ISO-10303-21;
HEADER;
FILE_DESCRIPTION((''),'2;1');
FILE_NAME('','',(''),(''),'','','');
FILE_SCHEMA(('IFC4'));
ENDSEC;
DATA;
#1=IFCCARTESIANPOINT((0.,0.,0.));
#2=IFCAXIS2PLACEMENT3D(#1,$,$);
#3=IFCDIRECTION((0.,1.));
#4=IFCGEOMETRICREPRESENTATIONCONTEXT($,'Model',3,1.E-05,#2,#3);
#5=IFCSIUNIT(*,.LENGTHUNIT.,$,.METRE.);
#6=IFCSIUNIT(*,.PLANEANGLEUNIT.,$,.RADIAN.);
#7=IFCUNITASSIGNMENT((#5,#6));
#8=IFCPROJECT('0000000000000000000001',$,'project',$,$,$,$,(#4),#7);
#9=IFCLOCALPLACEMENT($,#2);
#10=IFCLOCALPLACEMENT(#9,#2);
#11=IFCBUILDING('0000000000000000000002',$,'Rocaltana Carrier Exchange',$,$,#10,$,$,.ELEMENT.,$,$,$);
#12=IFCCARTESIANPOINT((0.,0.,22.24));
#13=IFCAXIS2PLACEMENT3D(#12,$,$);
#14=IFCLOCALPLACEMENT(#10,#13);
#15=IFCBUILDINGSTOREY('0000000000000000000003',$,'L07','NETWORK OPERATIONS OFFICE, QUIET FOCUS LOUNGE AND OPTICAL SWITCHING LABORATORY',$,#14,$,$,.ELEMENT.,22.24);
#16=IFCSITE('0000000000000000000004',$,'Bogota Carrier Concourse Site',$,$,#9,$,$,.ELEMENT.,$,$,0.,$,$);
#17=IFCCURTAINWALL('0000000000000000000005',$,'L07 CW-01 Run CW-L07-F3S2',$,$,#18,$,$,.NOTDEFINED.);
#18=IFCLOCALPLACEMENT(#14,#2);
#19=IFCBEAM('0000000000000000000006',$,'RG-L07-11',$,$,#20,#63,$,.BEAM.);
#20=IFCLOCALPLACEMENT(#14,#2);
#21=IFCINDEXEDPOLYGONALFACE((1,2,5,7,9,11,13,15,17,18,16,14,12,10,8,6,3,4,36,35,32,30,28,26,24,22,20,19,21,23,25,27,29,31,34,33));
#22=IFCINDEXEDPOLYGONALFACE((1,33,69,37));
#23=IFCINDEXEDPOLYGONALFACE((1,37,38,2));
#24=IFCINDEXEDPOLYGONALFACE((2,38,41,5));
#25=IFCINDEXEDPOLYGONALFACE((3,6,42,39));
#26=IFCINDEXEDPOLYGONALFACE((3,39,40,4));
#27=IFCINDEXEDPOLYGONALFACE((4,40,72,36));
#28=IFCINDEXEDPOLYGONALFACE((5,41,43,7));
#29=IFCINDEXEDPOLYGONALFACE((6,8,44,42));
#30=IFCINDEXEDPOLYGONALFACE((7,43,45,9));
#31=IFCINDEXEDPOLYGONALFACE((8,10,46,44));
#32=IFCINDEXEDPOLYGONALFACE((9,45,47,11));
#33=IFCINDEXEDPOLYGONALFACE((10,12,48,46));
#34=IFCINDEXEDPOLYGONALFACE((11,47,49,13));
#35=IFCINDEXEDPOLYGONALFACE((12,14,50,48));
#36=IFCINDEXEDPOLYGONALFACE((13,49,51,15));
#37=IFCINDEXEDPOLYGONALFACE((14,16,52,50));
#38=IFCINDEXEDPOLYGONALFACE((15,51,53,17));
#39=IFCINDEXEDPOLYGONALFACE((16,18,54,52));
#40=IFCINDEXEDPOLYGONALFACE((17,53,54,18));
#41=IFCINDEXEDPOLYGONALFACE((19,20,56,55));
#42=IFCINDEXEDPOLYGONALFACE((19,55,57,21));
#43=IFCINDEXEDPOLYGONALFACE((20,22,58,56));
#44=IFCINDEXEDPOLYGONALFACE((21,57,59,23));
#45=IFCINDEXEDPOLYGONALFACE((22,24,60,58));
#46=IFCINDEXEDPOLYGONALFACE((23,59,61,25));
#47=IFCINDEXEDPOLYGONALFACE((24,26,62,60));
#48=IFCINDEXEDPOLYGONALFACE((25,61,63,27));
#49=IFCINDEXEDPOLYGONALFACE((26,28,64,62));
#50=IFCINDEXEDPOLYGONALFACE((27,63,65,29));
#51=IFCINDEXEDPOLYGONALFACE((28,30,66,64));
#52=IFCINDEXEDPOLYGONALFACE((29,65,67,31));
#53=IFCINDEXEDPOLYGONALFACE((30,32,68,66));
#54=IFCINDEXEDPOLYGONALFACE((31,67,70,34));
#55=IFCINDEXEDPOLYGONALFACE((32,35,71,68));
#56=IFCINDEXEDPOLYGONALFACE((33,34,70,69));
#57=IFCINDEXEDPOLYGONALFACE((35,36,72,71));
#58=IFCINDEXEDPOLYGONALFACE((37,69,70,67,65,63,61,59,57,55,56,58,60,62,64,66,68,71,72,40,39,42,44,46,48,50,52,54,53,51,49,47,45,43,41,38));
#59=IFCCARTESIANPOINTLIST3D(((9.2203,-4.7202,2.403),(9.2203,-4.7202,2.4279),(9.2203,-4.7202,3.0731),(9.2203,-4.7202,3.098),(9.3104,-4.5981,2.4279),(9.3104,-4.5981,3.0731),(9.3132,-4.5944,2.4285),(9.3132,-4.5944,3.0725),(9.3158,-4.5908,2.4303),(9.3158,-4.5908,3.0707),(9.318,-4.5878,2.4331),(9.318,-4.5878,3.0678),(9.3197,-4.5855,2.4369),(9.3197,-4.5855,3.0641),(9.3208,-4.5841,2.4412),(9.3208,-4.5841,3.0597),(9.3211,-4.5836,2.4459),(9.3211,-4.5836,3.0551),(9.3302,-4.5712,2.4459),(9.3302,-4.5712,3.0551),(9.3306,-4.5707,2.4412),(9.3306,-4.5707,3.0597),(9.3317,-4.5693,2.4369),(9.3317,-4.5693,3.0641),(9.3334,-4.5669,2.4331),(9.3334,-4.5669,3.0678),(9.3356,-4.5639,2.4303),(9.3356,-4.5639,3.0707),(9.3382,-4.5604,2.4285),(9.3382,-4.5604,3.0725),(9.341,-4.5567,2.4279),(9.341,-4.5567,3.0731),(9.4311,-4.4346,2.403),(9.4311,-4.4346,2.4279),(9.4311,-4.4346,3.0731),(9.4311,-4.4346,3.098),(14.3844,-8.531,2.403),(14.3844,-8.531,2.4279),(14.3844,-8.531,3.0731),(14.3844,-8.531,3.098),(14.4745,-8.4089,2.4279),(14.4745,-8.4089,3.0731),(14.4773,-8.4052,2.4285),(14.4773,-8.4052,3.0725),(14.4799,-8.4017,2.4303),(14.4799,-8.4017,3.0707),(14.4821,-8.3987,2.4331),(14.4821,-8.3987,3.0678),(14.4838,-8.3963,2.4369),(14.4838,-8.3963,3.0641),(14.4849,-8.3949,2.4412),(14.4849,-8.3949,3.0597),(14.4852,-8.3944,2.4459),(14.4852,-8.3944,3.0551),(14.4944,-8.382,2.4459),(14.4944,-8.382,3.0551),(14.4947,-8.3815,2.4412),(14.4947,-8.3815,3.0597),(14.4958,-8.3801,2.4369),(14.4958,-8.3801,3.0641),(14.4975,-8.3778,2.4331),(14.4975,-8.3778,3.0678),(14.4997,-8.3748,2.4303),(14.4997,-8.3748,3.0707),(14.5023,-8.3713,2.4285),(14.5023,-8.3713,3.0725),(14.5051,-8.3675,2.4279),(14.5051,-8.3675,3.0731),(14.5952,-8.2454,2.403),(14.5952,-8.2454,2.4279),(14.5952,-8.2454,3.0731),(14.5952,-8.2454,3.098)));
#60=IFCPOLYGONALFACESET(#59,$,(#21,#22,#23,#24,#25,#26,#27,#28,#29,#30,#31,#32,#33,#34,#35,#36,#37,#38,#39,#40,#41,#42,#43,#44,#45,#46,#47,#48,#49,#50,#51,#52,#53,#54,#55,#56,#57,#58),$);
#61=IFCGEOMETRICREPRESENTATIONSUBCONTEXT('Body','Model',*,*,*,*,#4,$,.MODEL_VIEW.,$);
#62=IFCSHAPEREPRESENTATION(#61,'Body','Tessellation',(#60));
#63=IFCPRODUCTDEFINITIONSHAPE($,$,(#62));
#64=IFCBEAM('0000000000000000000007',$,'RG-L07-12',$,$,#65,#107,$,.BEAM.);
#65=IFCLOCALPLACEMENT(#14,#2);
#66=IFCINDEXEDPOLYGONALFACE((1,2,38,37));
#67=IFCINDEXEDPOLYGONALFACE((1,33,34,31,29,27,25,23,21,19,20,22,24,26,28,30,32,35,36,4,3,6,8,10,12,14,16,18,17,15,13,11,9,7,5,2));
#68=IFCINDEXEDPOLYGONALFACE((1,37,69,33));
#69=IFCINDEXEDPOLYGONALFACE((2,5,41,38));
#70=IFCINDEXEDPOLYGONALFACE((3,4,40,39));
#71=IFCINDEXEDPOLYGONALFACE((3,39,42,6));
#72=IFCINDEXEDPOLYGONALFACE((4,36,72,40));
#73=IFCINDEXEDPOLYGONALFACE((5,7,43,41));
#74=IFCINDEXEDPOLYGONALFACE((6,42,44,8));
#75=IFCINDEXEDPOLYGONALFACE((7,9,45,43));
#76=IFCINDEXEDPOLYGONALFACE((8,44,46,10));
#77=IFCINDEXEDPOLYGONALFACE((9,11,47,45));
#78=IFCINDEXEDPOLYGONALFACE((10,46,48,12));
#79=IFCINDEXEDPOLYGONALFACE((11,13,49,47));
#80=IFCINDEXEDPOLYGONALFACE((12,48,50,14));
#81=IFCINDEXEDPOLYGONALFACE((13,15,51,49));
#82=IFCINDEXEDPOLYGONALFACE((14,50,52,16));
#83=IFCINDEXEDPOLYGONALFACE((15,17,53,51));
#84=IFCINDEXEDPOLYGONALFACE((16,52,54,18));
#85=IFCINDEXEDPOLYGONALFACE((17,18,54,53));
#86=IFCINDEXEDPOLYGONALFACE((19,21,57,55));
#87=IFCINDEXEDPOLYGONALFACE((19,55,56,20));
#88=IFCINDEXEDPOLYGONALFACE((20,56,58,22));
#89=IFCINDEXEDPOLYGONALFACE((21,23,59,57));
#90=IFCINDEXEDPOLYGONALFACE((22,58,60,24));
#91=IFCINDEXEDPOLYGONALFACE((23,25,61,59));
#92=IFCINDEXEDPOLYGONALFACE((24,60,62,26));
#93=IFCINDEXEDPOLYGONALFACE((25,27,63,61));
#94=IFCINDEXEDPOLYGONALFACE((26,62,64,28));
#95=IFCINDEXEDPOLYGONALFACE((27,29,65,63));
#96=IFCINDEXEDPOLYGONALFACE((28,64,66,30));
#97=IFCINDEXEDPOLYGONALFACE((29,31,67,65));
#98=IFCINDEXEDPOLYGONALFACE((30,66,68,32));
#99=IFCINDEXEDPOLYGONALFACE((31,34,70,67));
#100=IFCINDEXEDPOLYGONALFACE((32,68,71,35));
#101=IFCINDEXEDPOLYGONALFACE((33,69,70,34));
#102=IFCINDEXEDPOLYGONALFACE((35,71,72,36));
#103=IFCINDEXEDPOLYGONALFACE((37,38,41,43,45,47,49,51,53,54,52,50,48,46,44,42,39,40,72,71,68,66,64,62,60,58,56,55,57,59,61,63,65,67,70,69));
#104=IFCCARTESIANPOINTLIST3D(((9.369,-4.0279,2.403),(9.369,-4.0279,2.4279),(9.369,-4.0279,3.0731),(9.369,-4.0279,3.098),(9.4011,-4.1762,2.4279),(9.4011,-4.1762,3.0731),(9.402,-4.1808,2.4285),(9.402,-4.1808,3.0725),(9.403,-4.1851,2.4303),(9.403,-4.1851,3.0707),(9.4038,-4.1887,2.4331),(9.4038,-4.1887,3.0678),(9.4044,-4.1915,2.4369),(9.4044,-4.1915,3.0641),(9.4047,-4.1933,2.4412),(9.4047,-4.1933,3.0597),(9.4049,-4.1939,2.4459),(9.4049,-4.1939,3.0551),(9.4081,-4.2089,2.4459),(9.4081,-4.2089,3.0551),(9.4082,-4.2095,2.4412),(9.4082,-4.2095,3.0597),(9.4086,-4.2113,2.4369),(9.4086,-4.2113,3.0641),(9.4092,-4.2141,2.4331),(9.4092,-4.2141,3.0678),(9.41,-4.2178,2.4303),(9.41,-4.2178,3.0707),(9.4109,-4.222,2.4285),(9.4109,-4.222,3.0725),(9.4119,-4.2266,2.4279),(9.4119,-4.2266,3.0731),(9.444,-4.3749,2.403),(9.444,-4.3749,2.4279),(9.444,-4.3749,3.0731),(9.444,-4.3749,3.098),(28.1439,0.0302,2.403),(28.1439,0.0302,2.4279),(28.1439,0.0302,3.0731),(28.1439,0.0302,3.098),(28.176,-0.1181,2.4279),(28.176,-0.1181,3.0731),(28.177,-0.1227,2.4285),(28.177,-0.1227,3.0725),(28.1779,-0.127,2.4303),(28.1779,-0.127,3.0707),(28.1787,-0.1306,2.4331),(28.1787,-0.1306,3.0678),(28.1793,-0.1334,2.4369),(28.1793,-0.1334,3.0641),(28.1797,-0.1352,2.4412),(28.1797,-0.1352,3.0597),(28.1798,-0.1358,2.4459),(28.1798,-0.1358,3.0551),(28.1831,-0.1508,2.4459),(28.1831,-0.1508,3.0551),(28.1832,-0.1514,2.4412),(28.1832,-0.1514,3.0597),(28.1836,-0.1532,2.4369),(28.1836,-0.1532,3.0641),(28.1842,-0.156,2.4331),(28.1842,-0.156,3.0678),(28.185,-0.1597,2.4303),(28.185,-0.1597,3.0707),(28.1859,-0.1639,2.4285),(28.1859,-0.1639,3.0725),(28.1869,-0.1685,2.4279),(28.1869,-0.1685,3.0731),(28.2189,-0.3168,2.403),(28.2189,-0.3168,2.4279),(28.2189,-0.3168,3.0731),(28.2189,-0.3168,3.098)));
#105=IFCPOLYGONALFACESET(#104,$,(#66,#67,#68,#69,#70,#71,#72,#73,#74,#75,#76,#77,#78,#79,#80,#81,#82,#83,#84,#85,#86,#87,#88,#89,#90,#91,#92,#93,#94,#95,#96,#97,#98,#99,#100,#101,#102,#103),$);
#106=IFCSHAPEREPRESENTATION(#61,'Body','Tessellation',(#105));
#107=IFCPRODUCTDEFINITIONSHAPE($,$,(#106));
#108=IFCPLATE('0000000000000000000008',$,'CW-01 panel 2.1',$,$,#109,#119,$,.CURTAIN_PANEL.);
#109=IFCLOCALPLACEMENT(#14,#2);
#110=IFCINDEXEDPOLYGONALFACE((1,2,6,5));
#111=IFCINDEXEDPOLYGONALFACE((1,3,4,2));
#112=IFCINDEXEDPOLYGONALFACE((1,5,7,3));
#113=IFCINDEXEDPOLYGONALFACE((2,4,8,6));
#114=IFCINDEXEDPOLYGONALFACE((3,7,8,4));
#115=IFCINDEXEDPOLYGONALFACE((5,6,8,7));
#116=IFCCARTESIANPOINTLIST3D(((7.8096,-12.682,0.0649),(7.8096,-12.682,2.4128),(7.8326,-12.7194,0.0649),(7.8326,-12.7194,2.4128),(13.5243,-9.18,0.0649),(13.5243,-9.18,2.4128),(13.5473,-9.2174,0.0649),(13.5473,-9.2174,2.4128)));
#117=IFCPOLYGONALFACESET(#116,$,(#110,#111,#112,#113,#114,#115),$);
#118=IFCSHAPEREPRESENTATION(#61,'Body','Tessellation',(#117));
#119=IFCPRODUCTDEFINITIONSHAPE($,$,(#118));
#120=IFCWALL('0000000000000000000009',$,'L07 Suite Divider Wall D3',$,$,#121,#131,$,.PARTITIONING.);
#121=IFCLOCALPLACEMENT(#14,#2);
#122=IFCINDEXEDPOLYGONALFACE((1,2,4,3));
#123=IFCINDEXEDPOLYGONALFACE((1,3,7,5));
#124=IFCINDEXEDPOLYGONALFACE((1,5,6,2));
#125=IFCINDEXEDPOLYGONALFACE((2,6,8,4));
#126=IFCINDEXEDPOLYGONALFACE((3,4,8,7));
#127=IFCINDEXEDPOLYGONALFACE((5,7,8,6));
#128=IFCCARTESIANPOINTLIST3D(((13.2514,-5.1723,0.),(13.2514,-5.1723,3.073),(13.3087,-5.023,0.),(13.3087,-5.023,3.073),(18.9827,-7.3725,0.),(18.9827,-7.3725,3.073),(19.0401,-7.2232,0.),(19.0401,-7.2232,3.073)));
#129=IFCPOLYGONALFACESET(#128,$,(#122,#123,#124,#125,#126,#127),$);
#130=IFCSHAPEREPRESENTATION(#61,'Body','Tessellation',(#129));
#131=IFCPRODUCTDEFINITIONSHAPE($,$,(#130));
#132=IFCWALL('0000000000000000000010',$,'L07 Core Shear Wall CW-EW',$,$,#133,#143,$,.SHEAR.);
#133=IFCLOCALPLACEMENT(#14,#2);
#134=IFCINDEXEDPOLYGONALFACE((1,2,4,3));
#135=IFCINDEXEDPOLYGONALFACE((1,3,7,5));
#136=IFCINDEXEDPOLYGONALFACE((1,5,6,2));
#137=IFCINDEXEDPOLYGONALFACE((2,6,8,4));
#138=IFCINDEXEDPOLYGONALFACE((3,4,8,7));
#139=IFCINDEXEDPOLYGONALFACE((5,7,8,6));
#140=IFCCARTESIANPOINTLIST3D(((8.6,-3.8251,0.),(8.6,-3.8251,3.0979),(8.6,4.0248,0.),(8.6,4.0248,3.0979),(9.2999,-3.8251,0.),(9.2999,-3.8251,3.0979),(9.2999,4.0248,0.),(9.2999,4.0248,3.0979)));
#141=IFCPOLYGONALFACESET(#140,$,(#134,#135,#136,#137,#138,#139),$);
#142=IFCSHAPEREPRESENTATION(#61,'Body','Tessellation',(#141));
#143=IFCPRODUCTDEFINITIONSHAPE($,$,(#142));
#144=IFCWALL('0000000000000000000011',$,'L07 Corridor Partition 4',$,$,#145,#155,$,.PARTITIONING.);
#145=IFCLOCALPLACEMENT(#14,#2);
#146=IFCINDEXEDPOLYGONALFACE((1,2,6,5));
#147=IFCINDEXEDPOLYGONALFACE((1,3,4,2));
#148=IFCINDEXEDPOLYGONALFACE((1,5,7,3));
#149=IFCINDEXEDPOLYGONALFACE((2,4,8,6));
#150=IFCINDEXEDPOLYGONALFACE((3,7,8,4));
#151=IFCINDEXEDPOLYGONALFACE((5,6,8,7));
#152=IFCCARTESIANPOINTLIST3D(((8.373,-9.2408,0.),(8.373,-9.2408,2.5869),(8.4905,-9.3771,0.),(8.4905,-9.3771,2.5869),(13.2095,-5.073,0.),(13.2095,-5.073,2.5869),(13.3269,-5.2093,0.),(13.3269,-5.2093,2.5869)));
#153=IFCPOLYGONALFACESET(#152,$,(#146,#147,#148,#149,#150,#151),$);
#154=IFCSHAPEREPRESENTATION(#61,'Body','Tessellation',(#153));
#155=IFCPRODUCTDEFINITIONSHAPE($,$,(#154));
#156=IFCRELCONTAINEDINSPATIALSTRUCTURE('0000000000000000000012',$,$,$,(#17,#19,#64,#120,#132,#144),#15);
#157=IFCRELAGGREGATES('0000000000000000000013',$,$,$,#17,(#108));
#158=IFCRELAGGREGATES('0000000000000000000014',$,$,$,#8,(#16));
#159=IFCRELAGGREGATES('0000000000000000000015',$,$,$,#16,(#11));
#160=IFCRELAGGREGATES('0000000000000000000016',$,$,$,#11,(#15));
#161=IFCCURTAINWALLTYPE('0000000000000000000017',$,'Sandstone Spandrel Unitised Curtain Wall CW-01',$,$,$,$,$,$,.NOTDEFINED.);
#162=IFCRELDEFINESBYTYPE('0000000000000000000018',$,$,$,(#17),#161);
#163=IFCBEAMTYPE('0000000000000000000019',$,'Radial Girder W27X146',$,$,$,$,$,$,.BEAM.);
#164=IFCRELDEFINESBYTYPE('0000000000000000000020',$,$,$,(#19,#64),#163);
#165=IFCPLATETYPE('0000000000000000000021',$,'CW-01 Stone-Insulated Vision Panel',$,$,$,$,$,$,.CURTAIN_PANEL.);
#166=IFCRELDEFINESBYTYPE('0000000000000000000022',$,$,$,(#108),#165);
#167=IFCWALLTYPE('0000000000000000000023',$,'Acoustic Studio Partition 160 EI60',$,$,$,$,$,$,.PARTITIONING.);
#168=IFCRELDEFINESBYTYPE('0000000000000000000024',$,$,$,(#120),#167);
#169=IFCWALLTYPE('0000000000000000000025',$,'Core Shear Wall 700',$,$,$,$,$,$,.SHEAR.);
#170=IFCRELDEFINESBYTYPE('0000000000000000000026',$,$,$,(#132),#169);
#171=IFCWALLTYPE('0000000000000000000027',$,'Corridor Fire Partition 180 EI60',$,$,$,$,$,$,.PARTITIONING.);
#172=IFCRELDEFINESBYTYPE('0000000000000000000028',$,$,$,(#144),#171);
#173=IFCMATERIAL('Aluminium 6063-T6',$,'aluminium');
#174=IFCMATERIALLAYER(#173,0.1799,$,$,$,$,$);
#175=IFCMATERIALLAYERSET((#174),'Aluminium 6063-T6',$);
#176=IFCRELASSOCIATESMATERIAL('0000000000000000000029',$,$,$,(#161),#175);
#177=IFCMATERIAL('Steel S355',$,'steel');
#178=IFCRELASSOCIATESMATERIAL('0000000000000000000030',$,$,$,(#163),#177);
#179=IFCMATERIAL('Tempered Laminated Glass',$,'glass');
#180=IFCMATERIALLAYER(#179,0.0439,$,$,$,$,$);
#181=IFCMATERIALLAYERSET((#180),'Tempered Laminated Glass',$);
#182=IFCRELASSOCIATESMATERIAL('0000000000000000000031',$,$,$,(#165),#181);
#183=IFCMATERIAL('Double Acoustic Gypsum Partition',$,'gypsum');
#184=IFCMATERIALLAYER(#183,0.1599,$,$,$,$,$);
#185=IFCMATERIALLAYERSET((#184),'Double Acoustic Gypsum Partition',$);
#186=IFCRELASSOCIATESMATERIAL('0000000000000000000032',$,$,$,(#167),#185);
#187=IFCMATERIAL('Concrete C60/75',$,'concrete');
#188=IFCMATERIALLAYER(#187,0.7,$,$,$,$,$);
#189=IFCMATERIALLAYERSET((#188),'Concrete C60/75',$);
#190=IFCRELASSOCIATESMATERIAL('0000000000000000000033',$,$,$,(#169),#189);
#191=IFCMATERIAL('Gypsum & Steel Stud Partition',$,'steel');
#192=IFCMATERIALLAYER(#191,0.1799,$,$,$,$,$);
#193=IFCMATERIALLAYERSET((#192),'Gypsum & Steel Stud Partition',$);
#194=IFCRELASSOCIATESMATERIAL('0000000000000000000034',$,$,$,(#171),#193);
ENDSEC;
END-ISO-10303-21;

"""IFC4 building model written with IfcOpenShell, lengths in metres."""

from ifc_helpers import new_model, si_unit, direction, frame, frame_2d, origin, origin_2d, place, context, subcontext, project, spatial, rectangle, i_section, extrude, material, layer, layer_set, material_profile, profile_set, type_object, element, aggregate, save


model = new_model("IFC4")

# Units and contexts
model_context = context("Model", 3, precision=1e-05, world=origin(), true_north=direction((0.0, 1.0)))
body_context = subcontext(model_context, "Body", "Model", "MODEL_VIEW")
ifc_project = project(units=[si_unit("LENGTHUNIT", "METRE"), si_unit("PLANEANGLEUNIT", "RADIAN")], contexts=[model_context])

# Site, building, storey
site_placement = place(None, origin())
site = spatial("IfcSite", under=ifc_project, at=site_placement, Name="Bogota Carrier Concourse Site", CompositionType="ELEMENT", RefElevation=0.0)
building_placement = place(site_placement, origin())
building = spatial("IfcBuilding", under=site, at=building_placement, Name="Rocaltana Carrier Exchange", CompositionType="ELEMENT")
storey_placement = place(building_placement, frame((0.0, 0.0, 22.24)))
storey = spatial("IfcBuildingStorey", under=building, at=storey_placement, Name="L07", Description="NETWORK OPERATIONS OFFICE, QUIET FOCUS LOUNGE AND OPTICAL SWITCHING LABORATORY", CompositionType="ELEMENT", Elevation=22.24)

# Curtain wall
ifc_material_1 = material(Name="Aluminium 6063-T6", Category="aluminium")
ifc_layer_1 = layer(ifc_material_1, 0.1799)
ifc_layer_set_1 = layer_set([ifc_layer_1], Name="Aluminium 6063-T6")
curtain_wall_type = type_object("IfcCurtainWallType", Name="Sandstone Spandrel Unitised Curtain Wall CW-01", PredefinedType="NOTDEFINED", material=ifc_layer_set_1)
curtain_wall_placement = place(storey_placement, origin())
curtain_wall = element("IfcCurtainWall", 1, at=curtain_wall_placement, inside=storey, type_object=curtain_wall_type, Name="L07 CW-01 Run CW-L07-F3S2", PredefinedType="NOTDEFINED")

# Beams
ifc_material_2 = material(Name="Steel S355", Category="steel")
ifc_material_profile_1 = material_profile(ifc_material_2, i_section(OverallWidth=0.355, OverallDepth=0.6951, WebThickness=0.0154, FlangeThickness=0.0249, FilletRadius=0.0181, at=origin_2d()), Name="W27X146")
ifc_profile_set_1 = profile_set([ifc_material_profile_1], Name="Steel S355")
beam_type_1 = type_object("IfcBeamType", Name="Radial Girder W27X146", PredefinedType="BEAM", material=ifc_profile_set_1)
beam_1_placement = place(storey_placement, frame((9.3257, -4.5774, 2.7505), z_axis=(0.804632, -0.593774, 0.0), x_axis=(0.593774, 0.804632, 0.0)))
element("IfcBeam", 2, at=beam_1_placement, inside=storey, type_object=beam_type_1, Name="RG-L07-11", PredefinedType="BEAM", context=body_context, shape_type="SweptSolid", body=[
    extrude(i_section(OverallWidth=0.355, OverallDepth=0.6951, WebThickness=0.0154, FlangeThickness=0.0249, FilletRadius=0.0181, at=origin_2d()), origin(), (0.0, 0.0, 1.0), 6.418),
])
beam_2_placement = place(storey_placement, frame((9.4065, -4.2014, 2.7505), z_axis=(0.977428, 0.211267, 0.0), x_axis=(-0.211267, 0.977428, 0.0)))
element("IfcBeam", 3, at=beam_2_placement, inside=storey, type_object=beam_type_1, Name="RG-L07-12", PredefinedType="BEAM", context=body_context, shape_type="SweptSolid", body=[
    extrude(i_section(OverallWidth=0.355, OverallDepth=0.6951, WebThickness=0.0154, FlangeThickness=0.0249, FilletRadius=0.0181, at=origin_2d()), origin(), (0.0, 0.0, 1.0), 19.2085),
])

# Plate
ifc_material_3 = material(Name="Tempered Laminated Glass", Category="glass")
ifc_layer_2 = layer(ifc_material_3, 0.0439)
ifc_layer_set_2 = layer_set([ifc_layer_2], Name="Tempered Laminated Glass")
plate_type = type_object("IfcPlateType", Name="CW-01 Stone-Insulated Vision Panel", PredefinedType="CURTAIN_PANEL", material=ifc_layer_set_2)
plate_placement = place(storey_placement, frame((10.6785, -10.9497, 0.0649), z_axis=(0.0, 0.0, 1.0), x_axis=(0.852639, 0.5225, 0.0)))
plate = element("IfcPlate", 4, at=plate_placement, type_object=plate_type, Name="CW-01 panel 2.1", PredefinedType="CURTAIN_PANEL", context=body_context, shape_type="SweptSolid", body=[
    extrude(rectangle(XDim=6.7024, YDim=0.0439, at=origin_2d()), origin(), (0.0, 0.0, 1.0), 2.3479),
])
aggregate(curtain_wall, [plate])

# Walls
ifc_material_4 = material(Name="Double Acoustic Gypsum Partition", Category="gypsum")
ifc_layer_3 = layer(ifc_material_4, 0.1599)
ifc_layer_set_3 = layer_set([ifc_layer_3], Name="Double Acoustic Gypsum Partition")
wall_type_1 = type_object("IfcWallType", Name="Acoustic Studio Partition 160 EI60", PredefinedType="PARTITIONING", material=ifc_layer_set_3)
wall_1_placement = place(storey_placement, frame((13.28, -5.0977, 0.0), z_axis=(0.0, 0.0, 1.0), x_axis=(0.933575, -0.358382, 0.0)))
element("IfcWall", 5, at=wall_1_placement, inside=storey, type_object=wall_type_1, Name="L07 Suite Divider Wall D3", PredefinedType="PARTITIONING", context=body_context, shape_type="SweptSolid", body=[
    extrude(rectangle(XDim=6.1392, YDim=0.1599, at=frame_2d((3.0696, 0.0))), origin(), (0.0, 0.0, 1.0), 3.073),
])
ifc_material_5 = material(Name="Concrete C60/75", Category="concrete")
ifc_layer_4 = layer(ifc_material_5, 0.7)
ifc_layer_set_4 = layer_set([ifc_layer_4], Name="Concrete C60/75")
wall_type_2 = type_object("IfcWallType", Name="Core Shear Wall 700", PredefinedType="SHEAR", material=ifc_layer_set_4)
wall_2_placement = place(storey_placement, frame((8.95, -3.825, 0.0), z_axis=(0.0, 0.0, 1.0), x_axis=(0.0, 1.0, 0.0)))
element("IfcWall", 6, at=wall_2_placement, inside=storey, type_object=wall_type_2, Name="L07 Core Shear Wall CW-EW", PredefinedType="SHEAR", context=body_context, shape_type="SweptSolid", body=[
    extrude(rectangle(XDim=7.8499, YDim=0.7, at=frame_2d((3.9248, 0.0))), origin(), (0.0, 0.0, 1.0), 3.0979),
])
ifc_material_6 = material(Name="Gypsum & Steel Stud Partition", Category="steel")
ifc_layer_5 = layer(ifc_material_6, 0.1799)
ifc_layer_set_5 = layer_set([ifc_layer_5], Name="Gypsum & Steel Stud Partition")
wall_type_3 = type_object("IfcWallType", Name="Corridor Fire Partition 180 EI60", PredefinedType="PARTITIONING", material=ifc_layer_set_5)
wall_3_placement = place(storey_placement, frame((13.2683, -5.1411, 0.0), z_axis=(0.0, 0.0, 1.0), x_axis=(-0.757535, -0.652795, 0.0)))
element("IfcWall", 7, at=wall_3_placement, inside=storey, type_object=wall_type_3, Name="L07 Corridor Partition 4", PredefinedType="PARTITIONING", context=body_context, shape_type="SweptSolid", body=[
    extrude(rectangle(XDim=6.3845, YDim=0.1799, at=frame_2d((3.1924, 0.0))), origin(), (0.0, 0.0, 1.0), 2.5869),
])

save(model, "model.ifc")
